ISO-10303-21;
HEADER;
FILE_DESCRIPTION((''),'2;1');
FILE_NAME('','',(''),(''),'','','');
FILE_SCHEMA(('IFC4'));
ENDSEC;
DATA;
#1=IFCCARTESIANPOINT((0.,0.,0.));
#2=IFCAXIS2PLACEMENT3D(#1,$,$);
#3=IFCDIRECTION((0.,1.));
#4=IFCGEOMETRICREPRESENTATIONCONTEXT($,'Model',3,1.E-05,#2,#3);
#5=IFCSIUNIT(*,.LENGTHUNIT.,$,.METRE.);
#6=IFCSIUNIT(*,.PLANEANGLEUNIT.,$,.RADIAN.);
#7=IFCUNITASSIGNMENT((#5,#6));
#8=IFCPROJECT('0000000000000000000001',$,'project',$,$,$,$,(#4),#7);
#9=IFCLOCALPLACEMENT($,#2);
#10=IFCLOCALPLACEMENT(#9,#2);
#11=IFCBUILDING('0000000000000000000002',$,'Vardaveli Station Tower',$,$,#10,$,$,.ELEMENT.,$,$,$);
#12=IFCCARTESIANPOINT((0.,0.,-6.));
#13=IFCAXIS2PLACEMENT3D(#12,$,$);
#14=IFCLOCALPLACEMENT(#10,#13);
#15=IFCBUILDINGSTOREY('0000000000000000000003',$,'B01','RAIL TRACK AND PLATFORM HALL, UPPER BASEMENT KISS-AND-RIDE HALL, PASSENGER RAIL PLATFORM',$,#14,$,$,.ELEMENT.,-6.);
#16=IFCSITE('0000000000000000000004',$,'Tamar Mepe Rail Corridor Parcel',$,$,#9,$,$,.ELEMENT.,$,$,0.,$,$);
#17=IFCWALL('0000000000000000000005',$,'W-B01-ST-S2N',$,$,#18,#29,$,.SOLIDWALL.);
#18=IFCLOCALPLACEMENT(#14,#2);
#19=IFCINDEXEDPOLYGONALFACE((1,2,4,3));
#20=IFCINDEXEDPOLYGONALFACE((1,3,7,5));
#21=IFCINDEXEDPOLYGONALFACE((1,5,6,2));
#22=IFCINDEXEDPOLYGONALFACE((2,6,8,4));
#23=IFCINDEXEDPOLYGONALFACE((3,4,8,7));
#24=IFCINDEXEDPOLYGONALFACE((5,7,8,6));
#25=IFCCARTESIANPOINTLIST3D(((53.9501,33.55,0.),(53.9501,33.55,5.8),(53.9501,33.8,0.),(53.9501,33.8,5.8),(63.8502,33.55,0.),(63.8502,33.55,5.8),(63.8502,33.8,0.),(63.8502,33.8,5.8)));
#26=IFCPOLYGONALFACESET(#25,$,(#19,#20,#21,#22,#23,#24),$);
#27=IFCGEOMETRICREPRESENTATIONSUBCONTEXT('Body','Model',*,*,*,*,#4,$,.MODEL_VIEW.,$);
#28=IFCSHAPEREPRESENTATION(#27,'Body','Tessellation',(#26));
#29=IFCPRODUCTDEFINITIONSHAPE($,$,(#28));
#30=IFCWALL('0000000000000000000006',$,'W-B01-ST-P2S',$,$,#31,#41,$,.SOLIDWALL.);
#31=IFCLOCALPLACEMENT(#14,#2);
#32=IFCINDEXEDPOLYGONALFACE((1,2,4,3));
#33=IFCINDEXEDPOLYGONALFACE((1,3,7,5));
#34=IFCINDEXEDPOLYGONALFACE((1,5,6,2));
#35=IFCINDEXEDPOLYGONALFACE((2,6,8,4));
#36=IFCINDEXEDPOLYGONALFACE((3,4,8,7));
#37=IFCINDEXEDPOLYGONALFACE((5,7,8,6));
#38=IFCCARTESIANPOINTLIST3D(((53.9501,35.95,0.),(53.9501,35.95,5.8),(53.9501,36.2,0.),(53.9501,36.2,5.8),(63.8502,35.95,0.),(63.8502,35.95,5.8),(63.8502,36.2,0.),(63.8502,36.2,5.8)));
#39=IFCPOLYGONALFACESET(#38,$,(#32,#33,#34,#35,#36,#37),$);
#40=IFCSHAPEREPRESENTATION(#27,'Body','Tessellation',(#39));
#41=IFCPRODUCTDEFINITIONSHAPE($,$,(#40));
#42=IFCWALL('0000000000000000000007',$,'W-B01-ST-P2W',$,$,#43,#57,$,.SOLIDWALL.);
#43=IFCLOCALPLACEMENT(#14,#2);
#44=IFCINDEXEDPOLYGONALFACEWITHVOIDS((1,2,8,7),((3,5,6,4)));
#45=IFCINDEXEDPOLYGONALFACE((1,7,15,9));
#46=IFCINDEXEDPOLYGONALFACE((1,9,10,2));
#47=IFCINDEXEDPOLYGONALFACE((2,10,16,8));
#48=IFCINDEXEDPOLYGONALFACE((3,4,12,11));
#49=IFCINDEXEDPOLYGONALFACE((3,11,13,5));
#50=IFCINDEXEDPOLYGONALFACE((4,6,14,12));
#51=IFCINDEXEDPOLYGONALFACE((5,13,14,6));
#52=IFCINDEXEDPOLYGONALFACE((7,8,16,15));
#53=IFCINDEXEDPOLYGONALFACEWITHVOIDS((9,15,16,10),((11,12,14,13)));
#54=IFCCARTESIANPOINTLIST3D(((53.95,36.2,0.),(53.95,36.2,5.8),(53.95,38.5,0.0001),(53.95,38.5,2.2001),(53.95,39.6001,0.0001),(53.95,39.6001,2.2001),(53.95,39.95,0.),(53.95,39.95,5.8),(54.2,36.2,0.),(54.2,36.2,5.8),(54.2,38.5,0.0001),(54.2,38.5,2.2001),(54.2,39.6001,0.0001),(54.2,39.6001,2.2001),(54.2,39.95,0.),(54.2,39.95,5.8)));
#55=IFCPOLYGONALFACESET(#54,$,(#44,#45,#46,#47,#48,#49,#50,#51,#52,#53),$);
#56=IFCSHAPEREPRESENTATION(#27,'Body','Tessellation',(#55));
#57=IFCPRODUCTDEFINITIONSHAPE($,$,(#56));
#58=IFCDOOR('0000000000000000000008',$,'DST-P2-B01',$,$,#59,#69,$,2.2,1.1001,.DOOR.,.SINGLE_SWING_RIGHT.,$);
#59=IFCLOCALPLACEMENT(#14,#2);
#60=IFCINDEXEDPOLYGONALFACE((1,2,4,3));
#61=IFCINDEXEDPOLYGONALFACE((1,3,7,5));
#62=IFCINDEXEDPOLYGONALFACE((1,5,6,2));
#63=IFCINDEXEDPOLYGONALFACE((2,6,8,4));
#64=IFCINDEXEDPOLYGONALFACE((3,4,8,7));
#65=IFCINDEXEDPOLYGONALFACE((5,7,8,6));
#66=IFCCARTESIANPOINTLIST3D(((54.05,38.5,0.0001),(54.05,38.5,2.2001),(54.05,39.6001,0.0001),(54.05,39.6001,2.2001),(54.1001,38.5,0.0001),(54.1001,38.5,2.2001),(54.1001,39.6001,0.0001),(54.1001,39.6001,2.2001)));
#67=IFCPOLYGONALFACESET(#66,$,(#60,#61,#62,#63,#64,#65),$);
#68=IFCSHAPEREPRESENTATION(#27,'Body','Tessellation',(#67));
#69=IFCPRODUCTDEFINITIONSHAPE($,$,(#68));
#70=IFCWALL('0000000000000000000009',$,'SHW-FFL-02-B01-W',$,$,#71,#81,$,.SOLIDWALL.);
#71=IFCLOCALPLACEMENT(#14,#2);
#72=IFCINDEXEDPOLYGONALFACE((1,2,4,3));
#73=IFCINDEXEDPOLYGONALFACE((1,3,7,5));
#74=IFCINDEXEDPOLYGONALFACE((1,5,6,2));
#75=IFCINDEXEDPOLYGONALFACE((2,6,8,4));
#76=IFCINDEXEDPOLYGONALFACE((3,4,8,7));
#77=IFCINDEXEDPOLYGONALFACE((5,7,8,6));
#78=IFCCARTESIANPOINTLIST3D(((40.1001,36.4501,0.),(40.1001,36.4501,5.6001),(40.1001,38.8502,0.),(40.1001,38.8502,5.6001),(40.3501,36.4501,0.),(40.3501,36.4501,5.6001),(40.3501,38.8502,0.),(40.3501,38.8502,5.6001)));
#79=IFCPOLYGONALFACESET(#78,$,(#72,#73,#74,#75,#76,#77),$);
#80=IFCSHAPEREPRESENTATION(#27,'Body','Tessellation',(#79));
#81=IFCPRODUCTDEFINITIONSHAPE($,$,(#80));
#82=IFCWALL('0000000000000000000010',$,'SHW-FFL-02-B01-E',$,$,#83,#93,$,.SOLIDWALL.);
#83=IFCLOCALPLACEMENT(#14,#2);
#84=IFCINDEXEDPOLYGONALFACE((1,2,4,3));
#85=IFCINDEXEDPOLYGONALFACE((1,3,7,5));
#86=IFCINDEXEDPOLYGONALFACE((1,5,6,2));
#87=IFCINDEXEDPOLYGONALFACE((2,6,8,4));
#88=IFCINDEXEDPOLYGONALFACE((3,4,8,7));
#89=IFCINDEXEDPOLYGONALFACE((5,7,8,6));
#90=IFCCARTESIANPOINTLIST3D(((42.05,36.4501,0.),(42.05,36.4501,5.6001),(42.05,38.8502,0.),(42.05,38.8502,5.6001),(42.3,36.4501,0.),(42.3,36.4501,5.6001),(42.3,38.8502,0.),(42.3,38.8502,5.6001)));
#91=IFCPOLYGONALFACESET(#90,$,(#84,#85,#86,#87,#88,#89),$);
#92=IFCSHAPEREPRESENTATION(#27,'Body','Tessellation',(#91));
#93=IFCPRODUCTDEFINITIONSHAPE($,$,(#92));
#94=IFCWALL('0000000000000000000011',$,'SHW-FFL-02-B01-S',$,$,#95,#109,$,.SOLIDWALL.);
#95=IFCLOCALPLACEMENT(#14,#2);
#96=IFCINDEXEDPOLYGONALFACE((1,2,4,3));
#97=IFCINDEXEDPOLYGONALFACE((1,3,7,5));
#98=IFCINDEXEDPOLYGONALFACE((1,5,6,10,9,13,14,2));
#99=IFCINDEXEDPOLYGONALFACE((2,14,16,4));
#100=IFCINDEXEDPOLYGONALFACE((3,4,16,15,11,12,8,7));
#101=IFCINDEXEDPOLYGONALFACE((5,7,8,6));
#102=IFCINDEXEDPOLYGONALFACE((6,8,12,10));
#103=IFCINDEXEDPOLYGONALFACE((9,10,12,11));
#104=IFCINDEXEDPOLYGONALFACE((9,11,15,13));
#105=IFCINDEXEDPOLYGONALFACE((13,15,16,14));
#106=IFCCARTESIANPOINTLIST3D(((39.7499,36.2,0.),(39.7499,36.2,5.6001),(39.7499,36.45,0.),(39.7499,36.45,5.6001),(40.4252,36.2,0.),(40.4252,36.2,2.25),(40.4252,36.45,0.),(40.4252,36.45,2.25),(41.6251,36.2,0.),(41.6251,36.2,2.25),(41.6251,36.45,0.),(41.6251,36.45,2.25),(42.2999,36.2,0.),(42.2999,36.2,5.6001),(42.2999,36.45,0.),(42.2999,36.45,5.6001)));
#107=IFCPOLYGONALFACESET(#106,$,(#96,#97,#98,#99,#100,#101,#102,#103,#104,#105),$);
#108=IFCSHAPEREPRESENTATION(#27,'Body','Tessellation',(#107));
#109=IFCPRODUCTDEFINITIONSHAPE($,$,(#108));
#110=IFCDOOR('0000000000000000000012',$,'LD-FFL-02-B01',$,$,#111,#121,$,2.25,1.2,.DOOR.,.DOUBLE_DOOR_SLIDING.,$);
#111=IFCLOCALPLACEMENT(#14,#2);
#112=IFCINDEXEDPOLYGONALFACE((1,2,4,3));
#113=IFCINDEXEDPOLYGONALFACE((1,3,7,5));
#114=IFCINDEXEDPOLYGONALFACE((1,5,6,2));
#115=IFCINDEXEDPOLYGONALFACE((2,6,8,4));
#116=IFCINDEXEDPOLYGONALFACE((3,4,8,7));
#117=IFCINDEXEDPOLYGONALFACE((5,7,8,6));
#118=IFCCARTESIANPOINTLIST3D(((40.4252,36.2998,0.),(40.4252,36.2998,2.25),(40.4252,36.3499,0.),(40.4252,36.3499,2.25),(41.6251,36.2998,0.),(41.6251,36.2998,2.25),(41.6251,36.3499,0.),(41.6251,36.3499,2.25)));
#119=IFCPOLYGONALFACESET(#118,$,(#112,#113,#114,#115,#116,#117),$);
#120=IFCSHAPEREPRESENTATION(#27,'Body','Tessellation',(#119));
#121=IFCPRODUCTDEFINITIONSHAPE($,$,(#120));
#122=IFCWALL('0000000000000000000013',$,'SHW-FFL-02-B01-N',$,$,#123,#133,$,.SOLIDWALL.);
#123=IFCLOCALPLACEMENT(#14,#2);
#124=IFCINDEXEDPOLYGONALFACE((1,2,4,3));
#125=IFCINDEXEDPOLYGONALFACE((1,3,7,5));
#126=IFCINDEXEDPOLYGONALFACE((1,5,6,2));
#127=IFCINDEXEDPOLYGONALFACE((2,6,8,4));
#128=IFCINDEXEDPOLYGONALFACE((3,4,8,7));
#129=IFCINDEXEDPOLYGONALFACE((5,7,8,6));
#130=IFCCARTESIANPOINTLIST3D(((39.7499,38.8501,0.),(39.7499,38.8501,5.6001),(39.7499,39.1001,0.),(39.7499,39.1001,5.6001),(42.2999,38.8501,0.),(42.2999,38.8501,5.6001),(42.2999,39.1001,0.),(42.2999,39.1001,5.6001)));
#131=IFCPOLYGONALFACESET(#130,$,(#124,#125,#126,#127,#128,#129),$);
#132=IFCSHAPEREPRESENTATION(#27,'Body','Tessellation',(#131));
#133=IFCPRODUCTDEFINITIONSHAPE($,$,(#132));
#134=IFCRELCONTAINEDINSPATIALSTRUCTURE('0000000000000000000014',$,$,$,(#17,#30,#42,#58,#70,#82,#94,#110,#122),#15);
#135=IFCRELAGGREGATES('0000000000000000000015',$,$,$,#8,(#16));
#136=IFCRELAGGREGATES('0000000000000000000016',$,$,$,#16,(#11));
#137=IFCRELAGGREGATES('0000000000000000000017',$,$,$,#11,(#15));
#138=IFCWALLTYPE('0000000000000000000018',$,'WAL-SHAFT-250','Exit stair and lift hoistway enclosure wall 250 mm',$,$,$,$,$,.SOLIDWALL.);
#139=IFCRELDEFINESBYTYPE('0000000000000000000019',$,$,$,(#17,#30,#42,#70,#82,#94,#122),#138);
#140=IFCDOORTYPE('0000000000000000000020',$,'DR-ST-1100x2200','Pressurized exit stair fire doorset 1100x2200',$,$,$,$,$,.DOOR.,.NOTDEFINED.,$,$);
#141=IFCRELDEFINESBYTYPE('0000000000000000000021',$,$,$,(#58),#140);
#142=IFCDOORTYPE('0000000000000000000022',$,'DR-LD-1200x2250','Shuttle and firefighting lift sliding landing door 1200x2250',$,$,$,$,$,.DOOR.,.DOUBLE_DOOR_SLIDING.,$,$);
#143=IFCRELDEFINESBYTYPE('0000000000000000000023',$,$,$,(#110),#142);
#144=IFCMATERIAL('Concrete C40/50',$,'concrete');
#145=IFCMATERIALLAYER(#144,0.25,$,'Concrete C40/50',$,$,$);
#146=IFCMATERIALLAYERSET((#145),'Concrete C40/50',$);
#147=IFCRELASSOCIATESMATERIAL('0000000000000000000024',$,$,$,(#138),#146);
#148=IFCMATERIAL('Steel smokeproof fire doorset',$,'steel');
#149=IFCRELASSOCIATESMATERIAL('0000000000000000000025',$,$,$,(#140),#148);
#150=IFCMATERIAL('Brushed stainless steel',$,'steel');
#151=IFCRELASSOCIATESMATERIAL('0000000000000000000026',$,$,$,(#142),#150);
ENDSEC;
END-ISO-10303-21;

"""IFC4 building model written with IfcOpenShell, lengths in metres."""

from ifc_helpers import new_model, si_unit, direction, frame, frame_2d, origin, place, context, subcontext, project, spatial, rectangle, extrude, source, transform, mapped, material, layer, layer_set, type_object, element, fill, save


model = new_model("IFC4")

# Units and contexts
model_context = context("Model", 3, precision=1e-05, world=origin(), true_north=direction((0.0, 1.0)))
body_context = subcontext(model_context, "Body", "Model", "MODEL_VIEW")
ifc_project = project(units=[si_unit("LENGTHUNIT", "METRE"), si_unit("PLANEANGLEUNIT", "RADIAN")], contexts=[model_context])

# Site, building, storey
site_placement = place(None, origin())
site = spatial("IfcSite", under=ifc_project, at=site_placement, Name="Tamar Mepe Rail Corridor Parcel", CompositionType="ELEMENT", RefElevation=0.0)
building_placement = place(site_placement, origin())
building = spatial("IfcBuilding", under=site, at=building_placement, Name="Vardaveli Station Tower", CompositionType="ELEMENT")
storey_placement = place(building_placement, frame((0.0, 0.0, -6.0)))
storey = spatial("IfcBuildingStorey", under=building, at=storey_placement, Name="B01", Description="RAIL TRACK AND PLATFORM HALL, UPPER BASEMENT KISS-AND-RIDE HALL, PASSENGER RAIL PLATFORM", CompositionType="ELEMENT", Elevation=-6.0)

# Walls
ifc_material_1 = material(Name="Concrete C40/50", Category="concrete")
ifc_layer = layer(ifc_material_1, 0.25, Name="Concrete C40/50")
ifc_layer_set = layer_set([ifc_layer], Name="Concrete C40/50")
wall_type = type_object("IfcWallType", Name="WAL-SHAFT-250", Description="Exit stair and lift hoistway enclosure wall 250 mm", PredefinedType="SOLIDWALL", material=ifc_layer_set)
shared_shape_1 = source(origin(), body_context, "Body", "SweptSolid", [
    extrude(rectangle(XDim=9.9001, YDim=0.25, at=frame_2d((4.9502, 0.0))), origin(), (0.0, 0.0, 1.0), 5.8),
])
for number, where, z_axis, x_axis, name in (
    (1, (53.95, 33.675, 0.0), (0.0, 0.0, 1.0), (1.0, 0.0, 0.0), "W-B01-ST-S2N"),
    (2, (53.95, 36.075, 0.0), (0.0, 0.0, 1.0), (1.0, 0.0, 0.0), "W-B01-ST-P2S"),
):
    element("IfcWall", number, at=place(storey_placement, frame(where, z_axis=z_axis, x_axis=x_axis)), inside=storey, type_object=wall_type, Name=name, PredefinedType="SOLIDWALL", context=body_context, shape_type="MappedRepresentation", body=[
        mapped(shared_shape_1, transform((0.0, 0.0, 0.0), scale=1.0)),
    ])

# Wall, opening, door
shared_shape_2 = source(origin(), body_context, "Body", "SweptSolid", [
    extrude(rectangle(XDim=3.75, YDim=0.25, at=frame_2d((1.875, 0.0))), origin(), (0.0, 0.0, 1.0), 5.8),
])
wall_1_placement = place(storey_placement, frame((54.075, 36.2, 0.0), z_axis=(0.0, 0.0, 1.0), x_axis=(0.0, 1.0, 0.0)))
wall_1 = element("IfcWall", 3, at=wall_1_placement, inside=storey, type_object=wall_type, Name="W-B01-ST-P2W", PredefinedType="SOLIDWALL", context=body_context, shape_type="MappedRepresentation", body=[
    mapped(shared_shape_2, transform((0.0, 0.0, 0.0), scale=1.0)),
])
shared_shape_3 = source(origin(), body_context, "Body", "SweptSolid", [
    extrude(rectangle(XDim=1.1001, YDim=2.2, at=frame_2d((0.55, 1.1001))), frame((0.0, 0.135, 0.0), z_axis=(0.0, -1.0, 0.0), x_axis=(1.0, 0.0, 0.0)), (0.0, 0.0, 1.0), 0.27),
])
opening_1_placement = place(wall_1_placement, frame((2.3, 0.0, 0.0)))
opening_1 = element("IfcOpeningElement", 4, at=opening_1_placement, cuts=wall_1, PredefinedType="OPENING", context=body_context, shape_type="MappedRepresentation", body=[
    mapped(shared_shape_3, transform((0.0, 0.0, 0.0), scale=1.0)),
])
ifc_material_2 = material(Name="Steel smokeproof fire doorset", Category="steel")
door_type_1 = type_object("IfcDoorType", Name="DR-ST-1100x2200", Description="Pressurized exit stair fire doorset 1100x2200", OperationType="NOTDEFINED", PredefinedType="DOOR", material=ifc_material_2)
shared_shape_4 = source(origin(), body_context, "Body", "SweptSolid", [
    extrude(rectangle(XDim=1.1001, YDim=2.2, at=frame_2d((0.55, 1.1001))), frame((0.0, 0.0249, 0.0), z_axis=(0.0, -1.0, 0.0), x_axis=(1.0, 0.0, 0.0)), (0.0, 0.0, 1.0), 0.05),
])
door_1_placement = place(opening_1_placement, origin())
door_1 = element("IfcDoor", 5, at=door_1_placement, inside=storey, type_object=door_type_1, Name="DST-P2-B01", OperationType="SINGLE_SWING_RIGHT", OverallHeight=2.2, OverallWidth=1.1001, PredefinedType="DOOR", context=body_context, shape_type="MappedRepresentation", body=[
    mapped(shared_shape_4, transform((0.0, 0.0, 0.0), scale=1.0)),
])
fill(opening_1, door_1)

# Walls
shared_shape_5 = source(origin(), body_context, "Body", "SweptSolid", [
    extrude(rectangle(XDim=2.4001, YDim=0.25, at=frame_2d((1.2002, 0.0))), origin(), (0.0, 0.0, 1.0), 5.6001),
])
for number, where, z_axis, x_axis, name in (
    (6, (40.2251, 36.45, 0.0), (0.0, 0.0, 1.0), (0.0, 1.0, 0.0), "SHW-FFL-02-B01-W"),
    (7, (42.175, 36.45, 0.0), (0.0, 0.0, 1.0), (0.0, 1.0, 0.0), "SHW-FFL-02-B01-E"),
):
    element("IfcWall", number, at=place(storey_placement, frame(where, z_axis=z_axis, x_axis=x_axis)), inside=storey, type_object=wall_type, Name=name, PredefinedType="SOLIDWALL", context=body_context, shape_type="MappedRepresentation", body=[
        mapped(shared_shape_5, transform((0.0, 0.0, 0.0), scale=1.0)),
    ])

# Wall, opening, door
shared_shape_6 = source(origin(), body_context, "Body", "SweptSolid", [
    extrude(rectangle(XDim=2.55, YDim=0.25, at=frame_2d((1.2749, 0.0))), origin(), (0.0, 0.0, 1.0), 5.6001),
])
wall_2_placement = place(storey_placement, frame((39.75, 36.325, 0.0), z_axis=(0.0, 0.0, 1.0), x_axis=(1.0, 0.0, 0.0)))
wall_2 = element("IfcWall", 8, at=wall_2_placement, inside=storey, type_object=wall_type, Name="SHW-FFL-02-B01-S", PredefinedType="SOLIDWALL", context=body_context, shape_type="MappedRepresentation", body=[
    mapped(shared_shape_6, transform((0.0, 0.0, 0.0), scale=1.0)),
])
shared_shape_7 = source(origin(), body_context, "Body", "SweptSolid", [
    extrude(rectangle(XDim=1.2, YDim=2.25, at=frame_2d((0.6001, 1.125))), frame((0.0, 0.135, 0.0), z_axis=(0.0, -1.0, 0.0), x_axis=(1.0, 0.0, 0.0)), (0.0, 0.0, 1.0), 0.27),
])
opening_2_placement = place(wall_2_placement, frame((0.675, 0.0, 0.0)))
opening_2 = element("IfcOpeningElement", 9, at=opening_2_placement, cuts=wall_2, PredefinedType="OPENING", context=body_context, shape_type="MappedRepresentation", body=[
    mapped(shared_shape_7, transform((0.0, 0.0, 0.0), scale=1.0)),
])
ifc_material_3 = material(Name="Brushed stainless steel", Category="steel")
door_type_2 = type_object("IfcDoorType", Name="DR-LD-1200x2250", Description="Shuttle and firefighting lift sliding landing door 1200x2250", OperationType="DOUBLE_DOOR_SLIDING", PredefinedType="DOOR", material=ifc_material_3)
shared_shape_8 = source(origin(), body_context, "Body", "SweptSolid", [
    extrude(rectangle(XDim=1.2, YDim=2.25, at=frame_2d((0.6001, 1.125))), frame((0.0, 0.0249, 0.0), z_axis=(0.0, -1.0, 0.0), x_axis=(1.0, 0.0, 0.0)), (0.0, 0.0, 1.0), 0.05),
])
door_2_placement = place(opening_2_placement, origin())
door_2 = element("IfcDoor", 10, at=door_2_placement, inside=storey, type_object=door_type_2, Name="LD-FFL-02-B01", OperationType="DOUBLE_DOOR_SLIDING", OverallHeight=2.25, OverallWidth=1.2, PredefinedType="DOOR", context=body_context, shape_type="MappedRepresentation", body=[
    mapped(shared_shape_8, transform((0.0, 0.0, 0.0), scale=1.0)),
])
fill(opening_2, door_2)

# Wall
wall_3_placement = place(storey_placement, frame((39.75, 38.9751, 0.0), z_axis=(0.0, 0.0, 1.0), x_axis=(1.0, 0.0, 0.0)))
element("IfcWall", 11, at=wall_3_placement, inside=storey, type_object=wall_type, Name="SHW-FFL-02-B01-N", PredefinedType="SOLIDWALL", context=body_context, shape_type="MappedRepresentation", body=[
    mapped(shared_shape_6, transform((0.0, 0.0, 0.0), scale=1.0)),
])

save(model, "model.ifc")
